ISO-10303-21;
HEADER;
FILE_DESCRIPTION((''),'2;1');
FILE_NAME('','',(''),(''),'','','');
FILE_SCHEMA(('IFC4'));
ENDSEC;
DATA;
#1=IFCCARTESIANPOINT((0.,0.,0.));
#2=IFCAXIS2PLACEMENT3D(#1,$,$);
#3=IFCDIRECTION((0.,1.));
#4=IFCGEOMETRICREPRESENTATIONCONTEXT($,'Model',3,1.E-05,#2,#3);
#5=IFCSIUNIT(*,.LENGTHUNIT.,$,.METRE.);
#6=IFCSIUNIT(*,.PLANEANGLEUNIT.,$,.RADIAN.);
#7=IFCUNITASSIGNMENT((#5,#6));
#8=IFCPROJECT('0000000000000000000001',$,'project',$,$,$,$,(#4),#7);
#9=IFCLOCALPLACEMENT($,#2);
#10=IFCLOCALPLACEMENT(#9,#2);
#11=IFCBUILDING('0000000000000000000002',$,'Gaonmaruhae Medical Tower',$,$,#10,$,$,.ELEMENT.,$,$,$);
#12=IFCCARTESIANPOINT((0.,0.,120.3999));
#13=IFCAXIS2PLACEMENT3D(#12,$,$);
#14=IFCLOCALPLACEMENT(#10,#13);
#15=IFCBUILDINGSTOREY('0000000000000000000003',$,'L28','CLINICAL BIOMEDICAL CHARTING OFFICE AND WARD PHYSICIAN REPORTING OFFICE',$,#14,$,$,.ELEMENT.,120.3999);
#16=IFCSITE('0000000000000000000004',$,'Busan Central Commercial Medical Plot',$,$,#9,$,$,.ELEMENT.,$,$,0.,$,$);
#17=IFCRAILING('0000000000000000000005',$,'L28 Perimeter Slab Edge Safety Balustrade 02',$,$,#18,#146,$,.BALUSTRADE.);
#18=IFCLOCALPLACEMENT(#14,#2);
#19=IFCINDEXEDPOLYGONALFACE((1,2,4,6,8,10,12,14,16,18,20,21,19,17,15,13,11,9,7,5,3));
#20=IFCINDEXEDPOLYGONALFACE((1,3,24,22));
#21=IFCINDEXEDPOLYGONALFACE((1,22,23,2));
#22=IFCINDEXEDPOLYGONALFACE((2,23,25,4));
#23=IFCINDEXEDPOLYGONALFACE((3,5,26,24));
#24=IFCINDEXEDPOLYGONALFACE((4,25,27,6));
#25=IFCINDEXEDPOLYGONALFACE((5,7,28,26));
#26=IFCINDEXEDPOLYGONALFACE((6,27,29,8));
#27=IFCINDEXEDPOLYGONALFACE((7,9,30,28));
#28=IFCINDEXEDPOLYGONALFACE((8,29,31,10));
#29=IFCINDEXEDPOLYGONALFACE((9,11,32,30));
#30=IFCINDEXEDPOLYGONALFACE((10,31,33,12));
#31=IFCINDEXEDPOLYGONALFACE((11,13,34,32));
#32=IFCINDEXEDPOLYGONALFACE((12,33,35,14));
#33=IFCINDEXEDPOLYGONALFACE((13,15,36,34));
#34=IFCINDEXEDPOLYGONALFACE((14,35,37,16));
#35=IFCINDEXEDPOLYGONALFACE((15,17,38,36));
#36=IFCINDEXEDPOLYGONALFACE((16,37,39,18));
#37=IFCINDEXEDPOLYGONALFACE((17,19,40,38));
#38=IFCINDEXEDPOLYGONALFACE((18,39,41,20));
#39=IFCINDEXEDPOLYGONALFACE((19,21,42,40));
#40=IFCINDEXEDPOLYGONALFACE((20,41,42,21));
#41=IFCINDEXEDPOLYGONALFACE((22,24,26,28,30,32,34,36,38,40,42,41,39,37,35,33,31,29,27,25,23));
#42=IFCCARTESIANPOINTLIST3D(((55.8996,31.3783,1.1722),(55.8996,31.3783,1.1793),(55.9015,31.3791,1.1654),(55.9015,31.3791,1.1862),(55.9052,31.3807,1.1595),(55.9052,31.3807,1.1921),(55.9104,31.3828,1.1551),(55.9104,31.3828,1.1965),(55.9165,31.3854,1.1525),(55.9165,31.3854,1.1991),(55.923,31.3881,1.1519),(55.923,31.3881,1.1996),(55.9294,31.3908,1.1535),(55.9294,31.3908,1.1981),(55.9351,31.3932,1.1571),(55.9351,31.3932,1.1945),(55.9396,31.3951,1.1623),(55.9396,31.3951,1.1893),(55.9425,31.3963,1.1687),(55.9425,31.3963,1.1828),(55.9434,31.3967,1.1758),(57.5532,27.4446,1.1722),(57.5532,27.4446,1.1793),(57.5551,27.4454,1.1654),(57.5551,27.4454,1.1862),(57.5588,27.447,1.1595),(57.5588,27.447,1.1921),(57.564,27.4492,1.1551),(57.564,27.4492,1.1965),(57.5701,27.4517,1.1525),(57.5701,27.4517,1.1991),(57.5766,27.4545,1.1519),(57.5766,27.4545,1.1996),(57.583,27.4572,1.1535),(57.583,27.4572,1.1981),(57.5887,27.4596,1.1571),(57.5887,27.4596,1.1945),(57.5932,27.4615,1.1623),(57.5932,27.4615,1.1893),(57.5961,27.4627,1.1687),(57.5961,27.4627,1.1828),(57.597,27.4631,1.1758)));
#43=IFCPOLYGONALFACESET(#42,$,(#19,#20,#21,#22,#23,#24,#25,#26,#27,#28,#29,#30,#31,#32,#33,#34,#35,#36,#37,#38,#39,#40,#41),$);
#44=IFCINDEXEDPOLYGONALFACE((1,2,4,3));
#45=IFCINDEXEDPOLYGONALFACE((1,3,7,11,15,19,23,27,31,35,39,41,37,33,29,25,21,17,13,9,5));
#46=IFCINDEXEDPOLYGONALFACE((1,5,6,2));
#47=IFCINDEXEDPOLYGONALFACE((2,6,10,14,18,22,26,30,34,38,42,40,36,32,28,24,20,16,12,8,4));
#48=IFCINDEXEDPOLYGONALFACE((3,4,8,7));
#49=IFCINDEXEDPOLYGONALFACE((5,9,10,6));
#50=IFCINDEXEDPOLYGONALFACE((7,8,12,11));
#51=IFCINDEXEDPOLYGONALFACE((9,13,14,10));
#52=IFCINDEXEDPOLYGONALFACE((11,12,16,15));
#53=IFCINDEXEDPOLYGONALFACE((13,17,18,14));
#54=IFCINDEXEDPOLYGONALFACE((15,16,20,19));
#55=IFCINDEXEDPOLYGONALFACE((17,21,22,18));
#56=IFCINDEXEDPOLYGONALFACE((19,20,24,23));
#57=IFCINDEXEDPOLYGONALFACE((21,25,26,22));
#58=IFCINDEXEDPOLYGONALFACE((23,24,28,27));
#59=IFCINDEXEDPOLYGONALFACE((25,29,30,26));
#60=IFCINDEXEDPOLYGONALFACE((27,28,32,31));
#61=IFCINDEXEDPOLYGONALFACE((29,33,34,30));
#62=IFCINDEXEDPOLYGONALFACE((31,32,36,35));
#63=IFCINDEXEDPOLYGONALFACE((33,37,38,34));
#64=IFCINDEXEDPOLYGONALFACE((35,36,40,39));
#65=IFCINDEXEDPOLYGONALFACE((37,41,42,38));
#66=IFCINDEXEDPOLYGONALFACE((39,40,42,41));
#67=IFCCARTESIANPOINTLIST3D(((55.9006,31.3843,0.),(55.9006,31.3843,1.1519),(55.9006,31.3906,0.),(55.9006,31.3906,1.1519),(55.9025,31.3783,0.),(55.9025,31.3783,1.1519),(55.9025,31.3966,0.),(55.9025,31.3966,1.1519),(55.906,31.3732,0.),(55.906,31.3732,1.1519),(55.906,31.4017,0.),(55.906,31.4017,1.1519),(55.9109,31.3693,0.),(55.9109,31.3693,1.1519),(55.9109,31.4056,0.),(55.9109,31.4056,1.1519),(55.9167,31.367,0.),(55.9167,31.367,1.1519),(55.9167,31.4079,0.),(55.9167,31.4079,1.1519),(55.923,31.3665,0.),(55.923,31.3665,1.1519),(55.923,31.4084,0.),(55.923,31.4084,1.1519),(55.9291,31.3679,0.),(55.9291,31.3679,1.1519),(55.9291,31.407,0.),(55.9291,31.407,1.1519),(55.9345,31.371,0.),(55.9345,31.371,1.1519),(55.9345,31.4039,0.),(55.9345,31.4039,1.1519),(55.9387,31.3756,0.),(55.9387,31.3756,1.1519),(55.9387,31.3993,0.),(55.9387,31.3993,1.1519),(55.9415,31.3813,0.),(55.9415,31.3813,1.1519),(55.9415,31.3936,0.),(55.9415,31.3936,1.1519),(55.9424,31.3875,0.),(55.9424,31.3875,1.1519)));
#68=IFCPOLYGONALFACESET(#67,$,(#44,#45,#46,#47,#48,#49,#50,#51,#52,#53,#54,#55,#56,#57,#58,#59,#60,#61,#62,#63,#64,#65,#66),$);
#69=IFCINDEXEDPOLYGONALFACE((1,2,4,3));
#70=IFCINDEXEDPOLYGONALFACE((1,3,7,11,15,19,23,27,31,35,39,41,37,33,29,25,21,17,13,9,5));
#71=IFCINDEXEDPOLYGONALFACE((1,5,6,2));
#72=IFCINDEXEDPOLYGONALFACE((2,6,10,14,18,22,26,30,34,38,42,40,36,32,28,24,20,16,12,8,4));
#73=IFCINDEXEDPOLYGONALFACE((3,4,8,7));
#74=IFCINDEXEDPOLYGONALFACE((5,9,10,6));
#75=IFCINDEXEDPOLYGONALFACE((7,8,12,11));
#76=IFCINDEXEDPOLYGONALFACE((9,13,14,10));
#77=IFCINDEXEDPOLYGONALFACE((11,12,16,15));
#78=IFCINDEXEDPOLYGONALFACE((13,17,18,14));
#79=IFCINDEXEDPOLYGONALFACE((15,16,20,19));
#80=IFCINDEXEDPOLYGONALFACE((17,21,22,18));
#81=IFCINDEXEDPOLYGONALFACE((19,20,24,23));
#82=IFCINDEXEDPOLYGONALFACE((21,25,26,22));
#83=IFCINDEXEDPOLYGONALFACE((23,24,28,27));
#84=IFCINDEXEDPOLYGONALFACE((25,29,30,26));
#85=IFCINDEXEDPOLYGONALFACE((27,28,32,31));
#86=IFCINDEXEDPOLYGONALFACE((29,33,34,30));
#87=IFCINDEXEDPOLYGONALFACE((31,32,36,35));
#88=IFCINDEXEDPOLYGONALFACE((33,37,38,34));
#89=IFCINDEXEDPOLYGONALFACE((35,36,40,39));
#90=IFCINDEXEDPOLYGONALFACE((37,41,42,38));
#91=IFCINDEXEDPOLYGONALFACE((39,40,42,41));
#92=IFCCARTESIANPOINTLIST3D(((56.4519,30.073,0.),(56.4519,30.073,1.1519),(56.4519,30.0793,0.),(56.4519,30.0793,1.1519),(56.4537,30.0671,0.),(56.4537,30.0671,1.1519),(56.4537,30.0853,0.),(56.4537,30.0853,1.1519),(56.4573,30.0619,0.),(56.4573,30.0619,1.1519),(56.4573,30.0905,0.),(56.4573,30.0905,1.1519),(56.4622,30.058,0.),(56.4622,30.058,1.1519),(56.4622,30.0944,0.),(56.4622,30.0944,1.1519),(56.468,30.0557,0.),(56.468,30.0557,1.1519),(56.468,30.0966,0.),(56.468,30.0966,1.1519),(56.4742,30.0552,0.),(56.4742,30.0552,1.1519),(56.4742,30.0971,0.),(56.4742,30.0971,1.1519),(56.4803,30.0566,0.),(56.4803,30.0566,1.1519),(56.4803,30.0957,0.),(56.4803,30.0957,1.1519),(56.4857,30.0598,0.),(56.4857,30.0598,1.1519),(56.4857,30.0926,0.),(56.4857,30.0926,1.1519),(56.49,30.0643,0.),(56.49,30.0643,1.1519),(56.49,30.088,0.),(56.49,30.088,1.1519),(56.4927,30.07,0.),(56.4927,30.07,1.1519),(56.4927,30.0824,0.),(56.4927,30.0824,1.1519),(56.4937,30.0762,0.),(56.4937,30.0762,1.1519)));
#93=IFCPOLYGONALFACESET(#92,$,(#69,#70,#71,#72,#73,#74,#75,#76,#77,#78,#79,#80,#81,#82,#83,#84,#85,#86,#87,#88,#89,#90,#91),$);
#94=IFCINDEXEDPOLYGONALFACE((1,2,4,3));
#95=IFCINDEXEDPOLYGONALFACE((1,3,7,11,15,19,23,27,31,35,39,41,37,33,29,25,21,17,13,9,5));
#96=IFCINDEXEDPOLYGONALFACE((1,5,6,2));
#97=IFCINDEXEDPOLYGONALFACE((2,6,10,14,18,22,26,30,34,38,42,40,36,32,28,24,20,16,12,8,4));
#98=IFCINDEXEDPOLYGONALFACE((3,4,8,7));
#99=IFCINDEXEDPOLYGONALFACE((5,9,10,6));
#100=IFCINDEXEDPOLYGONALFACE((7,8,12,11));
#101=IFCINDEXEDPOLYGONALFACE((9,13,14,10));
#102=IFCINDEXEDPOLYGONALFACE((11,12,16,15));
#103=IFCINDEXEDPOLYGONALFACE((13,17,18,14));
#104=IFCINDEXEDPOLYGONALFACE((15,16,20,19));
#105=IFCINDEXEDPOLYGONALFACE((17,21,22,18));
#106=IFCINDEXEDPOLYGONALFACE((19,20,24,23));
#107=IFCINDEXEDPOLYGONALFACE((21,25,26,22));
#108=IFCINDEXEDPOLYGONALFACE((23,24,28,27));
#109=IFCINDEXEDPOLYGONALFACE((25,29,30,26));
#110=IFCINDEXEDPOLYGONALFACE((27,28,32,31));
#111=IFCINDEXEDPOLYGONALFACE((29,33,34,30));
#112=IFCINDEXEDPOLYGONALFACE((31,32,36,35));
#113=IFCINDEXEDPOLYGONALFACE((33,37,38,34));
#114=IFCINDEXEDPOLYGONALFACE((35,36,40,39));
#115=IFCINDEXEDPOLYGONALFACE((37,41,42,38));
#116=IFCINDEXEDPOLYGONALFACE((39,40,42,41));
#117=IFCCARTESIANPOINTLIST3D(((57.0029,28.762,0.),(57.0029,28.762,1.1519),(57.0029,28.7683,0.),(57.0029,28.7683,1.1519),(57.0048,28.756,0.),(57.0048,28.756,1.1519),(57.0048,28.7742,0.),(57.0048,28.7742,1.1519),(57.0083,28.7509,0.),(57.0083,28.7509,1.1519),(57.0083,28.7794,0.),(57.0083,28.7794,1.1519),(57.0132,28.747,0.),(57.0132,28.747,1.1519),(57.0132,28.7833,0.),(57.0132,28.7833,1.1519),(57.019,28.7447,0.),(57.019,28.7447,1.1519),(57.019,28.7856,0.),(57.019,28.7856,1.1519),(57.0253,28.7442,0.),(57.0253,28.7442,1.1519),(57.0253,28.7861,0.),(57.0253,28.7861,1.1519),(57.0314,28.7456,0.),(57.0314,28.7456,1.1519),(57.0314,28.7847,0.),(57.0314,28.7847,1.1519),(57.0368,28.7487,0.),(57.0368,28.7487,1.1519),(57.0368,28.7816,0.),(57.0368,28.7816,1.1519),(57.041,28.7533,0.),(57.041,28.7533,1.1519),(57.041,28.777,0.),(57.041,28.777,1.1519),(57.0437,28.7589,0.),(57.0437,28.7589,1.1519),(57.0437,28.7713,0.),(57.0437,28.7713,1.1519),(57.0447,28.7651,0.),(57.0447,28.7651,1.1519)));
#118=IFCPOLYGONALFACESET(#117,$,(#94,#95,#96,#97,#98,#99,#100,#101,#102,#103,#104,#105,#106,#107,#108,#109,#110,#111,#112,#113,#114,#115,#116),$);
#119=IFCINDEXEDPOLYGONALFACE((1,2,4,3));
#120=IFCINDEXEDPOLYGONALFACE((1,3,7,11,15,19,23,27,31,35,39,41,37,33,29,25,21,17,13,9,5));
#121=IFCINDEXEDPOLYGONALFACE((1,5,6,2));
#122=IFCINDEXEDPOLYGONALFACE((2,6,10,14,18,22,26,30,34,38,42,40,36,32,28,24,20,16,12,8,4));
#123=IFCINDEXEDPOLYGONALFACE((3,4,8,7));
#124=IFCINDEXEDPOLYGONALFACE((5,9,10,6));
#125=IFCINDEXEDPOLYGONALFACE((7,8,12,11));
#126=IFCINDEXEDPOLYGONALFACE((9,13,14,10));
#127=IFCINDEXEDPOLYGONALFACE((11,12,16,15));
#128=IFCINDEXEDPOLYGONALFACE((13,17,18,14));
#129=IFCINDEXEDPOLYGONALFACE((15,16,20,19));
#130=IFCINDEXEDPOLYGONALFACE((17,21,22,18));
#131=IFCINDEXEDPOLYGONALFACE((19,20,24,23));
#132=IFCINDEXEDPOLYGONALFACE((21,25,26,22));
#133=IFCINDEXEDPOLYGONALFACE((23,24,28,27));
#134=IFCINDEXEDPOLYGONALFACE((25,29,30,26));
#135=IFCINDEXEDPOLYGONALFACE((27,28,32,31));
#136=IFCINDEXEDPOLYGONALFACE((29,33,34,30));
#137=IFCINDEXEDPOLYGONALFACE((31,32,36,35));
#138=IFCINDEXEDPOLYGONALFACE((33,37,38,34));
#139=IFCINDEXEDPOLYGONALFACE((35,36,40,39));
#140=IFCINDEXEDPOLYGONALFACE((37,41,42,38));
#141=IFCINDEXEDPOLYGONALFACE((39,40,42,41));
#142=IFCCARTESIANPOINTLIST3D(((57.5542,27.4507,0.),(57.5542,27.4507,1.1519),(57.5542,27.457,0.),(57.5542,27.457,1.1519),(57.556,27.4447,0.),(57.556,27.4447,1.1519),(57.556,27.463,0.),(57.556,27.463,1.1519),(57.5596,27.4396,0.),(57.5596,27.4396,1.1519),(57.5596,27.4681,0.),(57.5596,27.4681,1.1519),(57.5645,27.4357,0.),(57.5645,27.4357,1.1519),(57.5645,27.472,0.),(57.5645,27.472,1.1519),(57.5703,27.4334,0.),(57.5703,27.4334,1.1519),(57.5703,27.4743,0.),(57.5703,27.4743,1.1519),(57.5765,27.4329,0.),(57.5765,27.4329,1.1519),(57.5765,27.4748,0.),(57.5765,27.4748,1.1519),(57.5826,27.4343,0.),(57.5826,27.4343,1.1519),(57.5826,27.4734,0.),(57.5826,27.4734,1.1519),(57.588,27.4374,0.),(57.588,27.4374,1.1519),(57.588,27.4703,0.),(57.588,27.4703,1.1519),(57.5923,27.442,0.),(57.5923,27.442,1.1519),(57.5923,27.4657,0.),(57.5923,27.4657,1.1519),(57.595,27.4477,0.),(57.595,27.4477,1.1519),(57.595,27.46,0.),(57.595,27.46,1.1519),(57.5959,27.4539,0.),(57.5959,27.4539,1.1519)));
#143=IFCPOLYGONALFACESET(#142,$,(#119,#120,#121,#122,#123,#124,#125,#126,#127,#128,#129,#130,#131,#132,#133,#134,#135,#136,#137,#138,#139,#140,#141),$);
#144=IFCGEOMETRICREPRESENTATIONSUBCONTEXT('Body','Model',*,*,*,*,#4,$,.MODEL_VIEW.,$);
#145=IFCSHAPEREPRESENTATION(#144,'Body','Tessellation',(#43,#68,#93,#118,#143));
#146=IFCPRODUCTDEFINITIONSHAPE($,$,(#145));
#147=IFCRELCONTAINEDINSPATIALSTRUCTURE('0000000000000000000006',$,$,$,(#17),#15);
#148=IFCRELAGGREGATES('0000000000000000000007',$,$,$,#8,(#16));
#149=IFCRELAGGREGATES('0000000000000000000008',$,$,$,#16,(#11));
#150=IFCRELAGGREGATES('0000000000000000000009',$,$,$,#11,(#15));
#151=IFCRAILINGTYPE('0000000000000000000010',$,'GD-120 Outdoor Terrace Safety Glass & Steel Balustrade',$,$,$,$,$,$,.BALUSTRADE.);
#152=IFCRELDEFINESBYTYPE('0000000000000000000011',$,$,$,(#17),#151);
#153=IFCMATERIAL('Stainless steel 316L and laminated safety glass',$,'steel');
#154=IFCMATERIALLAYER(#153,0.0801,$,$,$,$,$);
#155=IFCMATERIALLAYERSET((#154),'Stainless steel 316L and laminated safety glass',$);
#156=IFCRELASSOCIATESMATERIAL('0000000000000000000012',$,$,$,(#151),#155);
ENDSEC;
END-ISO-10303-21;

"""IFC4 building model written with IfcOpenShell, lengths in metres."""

from ifc_helpers import new_model, si_unit, direction, frame, origin, origin_2d, place, context, subcontext, project, spatial, circle, extrude, material, layer, layer_set, type_object, element, save


model = new_model("IFC4")

# Units and contexts
model_context = context("Model", 3, precision=1e-05, world=origin(), true_north=direction((0.0, 1.0)))
body_context = subcontext(model_context, "Body", "Model", "MODEL_VIEW")
ifc_project = project(units=[si_unit("LENGTHUNIT", "METRE"), si_unit("PLANEANGLEUNIT", "RADIAN")], contexts=[model_context])

# Site, building, storey
site_placement = place(None, origin())
site = spatial("IfcSite", under=ifc_project, at=site_placement, Name="Busan Central Commercial Medical Plot", CompositionType="ELEMENT", RefElevation=0.0)
building_placement = place(site_placement, origin())
building = spatial("IfcBuilding", under=site, at=building_placement, Name="Gaonmaruhae Medical Tower", CompositionType="ELEMENT")
storey_placement = place(building_placement, frame((0.0, 0.0, 120.3999)))
storey = spatial("IfcBuildingStorey", under=building, at=storey_placement, Name="L28", Description="CLINICAL BIOMEDICAL CHARTING OFFICE AND WARD PHYSICIAN REPORTING OFFICE", CompositionType="ELEMENT", Elevation=120.3999)

# Railing
ifc_material_1 = material(Name="Stainless steel 316L and laminated safety glass", Category="steel")
ifc_layer_1 = layer(ifc_material_1, 0.0801)
ifc_layer_set_1 = layer_set([ifc_layer_1], Name="Stainless steel 316L and laminated safety glass")
railing_type = type_object("IfcRailingType", Name="GD-120 Outdoor Terrace Safety Glass & Steel Balustrade", PredefinedType="BALUSTRADE", material=ifc_layer_set_1)
railing_1_placement = place(storey_placement, frame((55.9214, 31.3875, 0.0)))
element("IfcRailing", 1, at=railing_1_placement, inside=storey, type_object=railing_type, Name="L28 Perimeter Slab Edge Safety Balustrade 02", PredefinedType="BALUSTRADE", context=body_context, shape_type="SweptSolid", body=[
    extrude(circle(Radius=0.0239, at=origin_2d()), frame((0.0, 0.0, 1.1758), z_axis=(0.387522, -0.92186, 0.0), x_axis=(0.92186, 0.387522, 0.0)), (0.0, 0.0, 1.0), 4.2671),
    extrude(circle(Radius=0.021, at=origin_2d()), origin(), (0.0, 0.0, 1.0), 1.1519),
    extrude(circle(Radius=0.021, at=origin_2d()), frame((0.5513, -1.3113, 0.0)), (0.0, 0.0, 1.0), 1.1519),
    extrude(circle(Radius=0.021, at=origin_2d()), frame((1.1023, -2.6223, 0.0)), (0.0, 0.0, 1.0), 1.1519),
    extrude(circle(Radius=0.021, at=origin_2d()), frame((1.6536, -3.9336, 0.0)), (0.0, 0.0, 1.0), 1.1519),
])

save(model, "model.ifc")
